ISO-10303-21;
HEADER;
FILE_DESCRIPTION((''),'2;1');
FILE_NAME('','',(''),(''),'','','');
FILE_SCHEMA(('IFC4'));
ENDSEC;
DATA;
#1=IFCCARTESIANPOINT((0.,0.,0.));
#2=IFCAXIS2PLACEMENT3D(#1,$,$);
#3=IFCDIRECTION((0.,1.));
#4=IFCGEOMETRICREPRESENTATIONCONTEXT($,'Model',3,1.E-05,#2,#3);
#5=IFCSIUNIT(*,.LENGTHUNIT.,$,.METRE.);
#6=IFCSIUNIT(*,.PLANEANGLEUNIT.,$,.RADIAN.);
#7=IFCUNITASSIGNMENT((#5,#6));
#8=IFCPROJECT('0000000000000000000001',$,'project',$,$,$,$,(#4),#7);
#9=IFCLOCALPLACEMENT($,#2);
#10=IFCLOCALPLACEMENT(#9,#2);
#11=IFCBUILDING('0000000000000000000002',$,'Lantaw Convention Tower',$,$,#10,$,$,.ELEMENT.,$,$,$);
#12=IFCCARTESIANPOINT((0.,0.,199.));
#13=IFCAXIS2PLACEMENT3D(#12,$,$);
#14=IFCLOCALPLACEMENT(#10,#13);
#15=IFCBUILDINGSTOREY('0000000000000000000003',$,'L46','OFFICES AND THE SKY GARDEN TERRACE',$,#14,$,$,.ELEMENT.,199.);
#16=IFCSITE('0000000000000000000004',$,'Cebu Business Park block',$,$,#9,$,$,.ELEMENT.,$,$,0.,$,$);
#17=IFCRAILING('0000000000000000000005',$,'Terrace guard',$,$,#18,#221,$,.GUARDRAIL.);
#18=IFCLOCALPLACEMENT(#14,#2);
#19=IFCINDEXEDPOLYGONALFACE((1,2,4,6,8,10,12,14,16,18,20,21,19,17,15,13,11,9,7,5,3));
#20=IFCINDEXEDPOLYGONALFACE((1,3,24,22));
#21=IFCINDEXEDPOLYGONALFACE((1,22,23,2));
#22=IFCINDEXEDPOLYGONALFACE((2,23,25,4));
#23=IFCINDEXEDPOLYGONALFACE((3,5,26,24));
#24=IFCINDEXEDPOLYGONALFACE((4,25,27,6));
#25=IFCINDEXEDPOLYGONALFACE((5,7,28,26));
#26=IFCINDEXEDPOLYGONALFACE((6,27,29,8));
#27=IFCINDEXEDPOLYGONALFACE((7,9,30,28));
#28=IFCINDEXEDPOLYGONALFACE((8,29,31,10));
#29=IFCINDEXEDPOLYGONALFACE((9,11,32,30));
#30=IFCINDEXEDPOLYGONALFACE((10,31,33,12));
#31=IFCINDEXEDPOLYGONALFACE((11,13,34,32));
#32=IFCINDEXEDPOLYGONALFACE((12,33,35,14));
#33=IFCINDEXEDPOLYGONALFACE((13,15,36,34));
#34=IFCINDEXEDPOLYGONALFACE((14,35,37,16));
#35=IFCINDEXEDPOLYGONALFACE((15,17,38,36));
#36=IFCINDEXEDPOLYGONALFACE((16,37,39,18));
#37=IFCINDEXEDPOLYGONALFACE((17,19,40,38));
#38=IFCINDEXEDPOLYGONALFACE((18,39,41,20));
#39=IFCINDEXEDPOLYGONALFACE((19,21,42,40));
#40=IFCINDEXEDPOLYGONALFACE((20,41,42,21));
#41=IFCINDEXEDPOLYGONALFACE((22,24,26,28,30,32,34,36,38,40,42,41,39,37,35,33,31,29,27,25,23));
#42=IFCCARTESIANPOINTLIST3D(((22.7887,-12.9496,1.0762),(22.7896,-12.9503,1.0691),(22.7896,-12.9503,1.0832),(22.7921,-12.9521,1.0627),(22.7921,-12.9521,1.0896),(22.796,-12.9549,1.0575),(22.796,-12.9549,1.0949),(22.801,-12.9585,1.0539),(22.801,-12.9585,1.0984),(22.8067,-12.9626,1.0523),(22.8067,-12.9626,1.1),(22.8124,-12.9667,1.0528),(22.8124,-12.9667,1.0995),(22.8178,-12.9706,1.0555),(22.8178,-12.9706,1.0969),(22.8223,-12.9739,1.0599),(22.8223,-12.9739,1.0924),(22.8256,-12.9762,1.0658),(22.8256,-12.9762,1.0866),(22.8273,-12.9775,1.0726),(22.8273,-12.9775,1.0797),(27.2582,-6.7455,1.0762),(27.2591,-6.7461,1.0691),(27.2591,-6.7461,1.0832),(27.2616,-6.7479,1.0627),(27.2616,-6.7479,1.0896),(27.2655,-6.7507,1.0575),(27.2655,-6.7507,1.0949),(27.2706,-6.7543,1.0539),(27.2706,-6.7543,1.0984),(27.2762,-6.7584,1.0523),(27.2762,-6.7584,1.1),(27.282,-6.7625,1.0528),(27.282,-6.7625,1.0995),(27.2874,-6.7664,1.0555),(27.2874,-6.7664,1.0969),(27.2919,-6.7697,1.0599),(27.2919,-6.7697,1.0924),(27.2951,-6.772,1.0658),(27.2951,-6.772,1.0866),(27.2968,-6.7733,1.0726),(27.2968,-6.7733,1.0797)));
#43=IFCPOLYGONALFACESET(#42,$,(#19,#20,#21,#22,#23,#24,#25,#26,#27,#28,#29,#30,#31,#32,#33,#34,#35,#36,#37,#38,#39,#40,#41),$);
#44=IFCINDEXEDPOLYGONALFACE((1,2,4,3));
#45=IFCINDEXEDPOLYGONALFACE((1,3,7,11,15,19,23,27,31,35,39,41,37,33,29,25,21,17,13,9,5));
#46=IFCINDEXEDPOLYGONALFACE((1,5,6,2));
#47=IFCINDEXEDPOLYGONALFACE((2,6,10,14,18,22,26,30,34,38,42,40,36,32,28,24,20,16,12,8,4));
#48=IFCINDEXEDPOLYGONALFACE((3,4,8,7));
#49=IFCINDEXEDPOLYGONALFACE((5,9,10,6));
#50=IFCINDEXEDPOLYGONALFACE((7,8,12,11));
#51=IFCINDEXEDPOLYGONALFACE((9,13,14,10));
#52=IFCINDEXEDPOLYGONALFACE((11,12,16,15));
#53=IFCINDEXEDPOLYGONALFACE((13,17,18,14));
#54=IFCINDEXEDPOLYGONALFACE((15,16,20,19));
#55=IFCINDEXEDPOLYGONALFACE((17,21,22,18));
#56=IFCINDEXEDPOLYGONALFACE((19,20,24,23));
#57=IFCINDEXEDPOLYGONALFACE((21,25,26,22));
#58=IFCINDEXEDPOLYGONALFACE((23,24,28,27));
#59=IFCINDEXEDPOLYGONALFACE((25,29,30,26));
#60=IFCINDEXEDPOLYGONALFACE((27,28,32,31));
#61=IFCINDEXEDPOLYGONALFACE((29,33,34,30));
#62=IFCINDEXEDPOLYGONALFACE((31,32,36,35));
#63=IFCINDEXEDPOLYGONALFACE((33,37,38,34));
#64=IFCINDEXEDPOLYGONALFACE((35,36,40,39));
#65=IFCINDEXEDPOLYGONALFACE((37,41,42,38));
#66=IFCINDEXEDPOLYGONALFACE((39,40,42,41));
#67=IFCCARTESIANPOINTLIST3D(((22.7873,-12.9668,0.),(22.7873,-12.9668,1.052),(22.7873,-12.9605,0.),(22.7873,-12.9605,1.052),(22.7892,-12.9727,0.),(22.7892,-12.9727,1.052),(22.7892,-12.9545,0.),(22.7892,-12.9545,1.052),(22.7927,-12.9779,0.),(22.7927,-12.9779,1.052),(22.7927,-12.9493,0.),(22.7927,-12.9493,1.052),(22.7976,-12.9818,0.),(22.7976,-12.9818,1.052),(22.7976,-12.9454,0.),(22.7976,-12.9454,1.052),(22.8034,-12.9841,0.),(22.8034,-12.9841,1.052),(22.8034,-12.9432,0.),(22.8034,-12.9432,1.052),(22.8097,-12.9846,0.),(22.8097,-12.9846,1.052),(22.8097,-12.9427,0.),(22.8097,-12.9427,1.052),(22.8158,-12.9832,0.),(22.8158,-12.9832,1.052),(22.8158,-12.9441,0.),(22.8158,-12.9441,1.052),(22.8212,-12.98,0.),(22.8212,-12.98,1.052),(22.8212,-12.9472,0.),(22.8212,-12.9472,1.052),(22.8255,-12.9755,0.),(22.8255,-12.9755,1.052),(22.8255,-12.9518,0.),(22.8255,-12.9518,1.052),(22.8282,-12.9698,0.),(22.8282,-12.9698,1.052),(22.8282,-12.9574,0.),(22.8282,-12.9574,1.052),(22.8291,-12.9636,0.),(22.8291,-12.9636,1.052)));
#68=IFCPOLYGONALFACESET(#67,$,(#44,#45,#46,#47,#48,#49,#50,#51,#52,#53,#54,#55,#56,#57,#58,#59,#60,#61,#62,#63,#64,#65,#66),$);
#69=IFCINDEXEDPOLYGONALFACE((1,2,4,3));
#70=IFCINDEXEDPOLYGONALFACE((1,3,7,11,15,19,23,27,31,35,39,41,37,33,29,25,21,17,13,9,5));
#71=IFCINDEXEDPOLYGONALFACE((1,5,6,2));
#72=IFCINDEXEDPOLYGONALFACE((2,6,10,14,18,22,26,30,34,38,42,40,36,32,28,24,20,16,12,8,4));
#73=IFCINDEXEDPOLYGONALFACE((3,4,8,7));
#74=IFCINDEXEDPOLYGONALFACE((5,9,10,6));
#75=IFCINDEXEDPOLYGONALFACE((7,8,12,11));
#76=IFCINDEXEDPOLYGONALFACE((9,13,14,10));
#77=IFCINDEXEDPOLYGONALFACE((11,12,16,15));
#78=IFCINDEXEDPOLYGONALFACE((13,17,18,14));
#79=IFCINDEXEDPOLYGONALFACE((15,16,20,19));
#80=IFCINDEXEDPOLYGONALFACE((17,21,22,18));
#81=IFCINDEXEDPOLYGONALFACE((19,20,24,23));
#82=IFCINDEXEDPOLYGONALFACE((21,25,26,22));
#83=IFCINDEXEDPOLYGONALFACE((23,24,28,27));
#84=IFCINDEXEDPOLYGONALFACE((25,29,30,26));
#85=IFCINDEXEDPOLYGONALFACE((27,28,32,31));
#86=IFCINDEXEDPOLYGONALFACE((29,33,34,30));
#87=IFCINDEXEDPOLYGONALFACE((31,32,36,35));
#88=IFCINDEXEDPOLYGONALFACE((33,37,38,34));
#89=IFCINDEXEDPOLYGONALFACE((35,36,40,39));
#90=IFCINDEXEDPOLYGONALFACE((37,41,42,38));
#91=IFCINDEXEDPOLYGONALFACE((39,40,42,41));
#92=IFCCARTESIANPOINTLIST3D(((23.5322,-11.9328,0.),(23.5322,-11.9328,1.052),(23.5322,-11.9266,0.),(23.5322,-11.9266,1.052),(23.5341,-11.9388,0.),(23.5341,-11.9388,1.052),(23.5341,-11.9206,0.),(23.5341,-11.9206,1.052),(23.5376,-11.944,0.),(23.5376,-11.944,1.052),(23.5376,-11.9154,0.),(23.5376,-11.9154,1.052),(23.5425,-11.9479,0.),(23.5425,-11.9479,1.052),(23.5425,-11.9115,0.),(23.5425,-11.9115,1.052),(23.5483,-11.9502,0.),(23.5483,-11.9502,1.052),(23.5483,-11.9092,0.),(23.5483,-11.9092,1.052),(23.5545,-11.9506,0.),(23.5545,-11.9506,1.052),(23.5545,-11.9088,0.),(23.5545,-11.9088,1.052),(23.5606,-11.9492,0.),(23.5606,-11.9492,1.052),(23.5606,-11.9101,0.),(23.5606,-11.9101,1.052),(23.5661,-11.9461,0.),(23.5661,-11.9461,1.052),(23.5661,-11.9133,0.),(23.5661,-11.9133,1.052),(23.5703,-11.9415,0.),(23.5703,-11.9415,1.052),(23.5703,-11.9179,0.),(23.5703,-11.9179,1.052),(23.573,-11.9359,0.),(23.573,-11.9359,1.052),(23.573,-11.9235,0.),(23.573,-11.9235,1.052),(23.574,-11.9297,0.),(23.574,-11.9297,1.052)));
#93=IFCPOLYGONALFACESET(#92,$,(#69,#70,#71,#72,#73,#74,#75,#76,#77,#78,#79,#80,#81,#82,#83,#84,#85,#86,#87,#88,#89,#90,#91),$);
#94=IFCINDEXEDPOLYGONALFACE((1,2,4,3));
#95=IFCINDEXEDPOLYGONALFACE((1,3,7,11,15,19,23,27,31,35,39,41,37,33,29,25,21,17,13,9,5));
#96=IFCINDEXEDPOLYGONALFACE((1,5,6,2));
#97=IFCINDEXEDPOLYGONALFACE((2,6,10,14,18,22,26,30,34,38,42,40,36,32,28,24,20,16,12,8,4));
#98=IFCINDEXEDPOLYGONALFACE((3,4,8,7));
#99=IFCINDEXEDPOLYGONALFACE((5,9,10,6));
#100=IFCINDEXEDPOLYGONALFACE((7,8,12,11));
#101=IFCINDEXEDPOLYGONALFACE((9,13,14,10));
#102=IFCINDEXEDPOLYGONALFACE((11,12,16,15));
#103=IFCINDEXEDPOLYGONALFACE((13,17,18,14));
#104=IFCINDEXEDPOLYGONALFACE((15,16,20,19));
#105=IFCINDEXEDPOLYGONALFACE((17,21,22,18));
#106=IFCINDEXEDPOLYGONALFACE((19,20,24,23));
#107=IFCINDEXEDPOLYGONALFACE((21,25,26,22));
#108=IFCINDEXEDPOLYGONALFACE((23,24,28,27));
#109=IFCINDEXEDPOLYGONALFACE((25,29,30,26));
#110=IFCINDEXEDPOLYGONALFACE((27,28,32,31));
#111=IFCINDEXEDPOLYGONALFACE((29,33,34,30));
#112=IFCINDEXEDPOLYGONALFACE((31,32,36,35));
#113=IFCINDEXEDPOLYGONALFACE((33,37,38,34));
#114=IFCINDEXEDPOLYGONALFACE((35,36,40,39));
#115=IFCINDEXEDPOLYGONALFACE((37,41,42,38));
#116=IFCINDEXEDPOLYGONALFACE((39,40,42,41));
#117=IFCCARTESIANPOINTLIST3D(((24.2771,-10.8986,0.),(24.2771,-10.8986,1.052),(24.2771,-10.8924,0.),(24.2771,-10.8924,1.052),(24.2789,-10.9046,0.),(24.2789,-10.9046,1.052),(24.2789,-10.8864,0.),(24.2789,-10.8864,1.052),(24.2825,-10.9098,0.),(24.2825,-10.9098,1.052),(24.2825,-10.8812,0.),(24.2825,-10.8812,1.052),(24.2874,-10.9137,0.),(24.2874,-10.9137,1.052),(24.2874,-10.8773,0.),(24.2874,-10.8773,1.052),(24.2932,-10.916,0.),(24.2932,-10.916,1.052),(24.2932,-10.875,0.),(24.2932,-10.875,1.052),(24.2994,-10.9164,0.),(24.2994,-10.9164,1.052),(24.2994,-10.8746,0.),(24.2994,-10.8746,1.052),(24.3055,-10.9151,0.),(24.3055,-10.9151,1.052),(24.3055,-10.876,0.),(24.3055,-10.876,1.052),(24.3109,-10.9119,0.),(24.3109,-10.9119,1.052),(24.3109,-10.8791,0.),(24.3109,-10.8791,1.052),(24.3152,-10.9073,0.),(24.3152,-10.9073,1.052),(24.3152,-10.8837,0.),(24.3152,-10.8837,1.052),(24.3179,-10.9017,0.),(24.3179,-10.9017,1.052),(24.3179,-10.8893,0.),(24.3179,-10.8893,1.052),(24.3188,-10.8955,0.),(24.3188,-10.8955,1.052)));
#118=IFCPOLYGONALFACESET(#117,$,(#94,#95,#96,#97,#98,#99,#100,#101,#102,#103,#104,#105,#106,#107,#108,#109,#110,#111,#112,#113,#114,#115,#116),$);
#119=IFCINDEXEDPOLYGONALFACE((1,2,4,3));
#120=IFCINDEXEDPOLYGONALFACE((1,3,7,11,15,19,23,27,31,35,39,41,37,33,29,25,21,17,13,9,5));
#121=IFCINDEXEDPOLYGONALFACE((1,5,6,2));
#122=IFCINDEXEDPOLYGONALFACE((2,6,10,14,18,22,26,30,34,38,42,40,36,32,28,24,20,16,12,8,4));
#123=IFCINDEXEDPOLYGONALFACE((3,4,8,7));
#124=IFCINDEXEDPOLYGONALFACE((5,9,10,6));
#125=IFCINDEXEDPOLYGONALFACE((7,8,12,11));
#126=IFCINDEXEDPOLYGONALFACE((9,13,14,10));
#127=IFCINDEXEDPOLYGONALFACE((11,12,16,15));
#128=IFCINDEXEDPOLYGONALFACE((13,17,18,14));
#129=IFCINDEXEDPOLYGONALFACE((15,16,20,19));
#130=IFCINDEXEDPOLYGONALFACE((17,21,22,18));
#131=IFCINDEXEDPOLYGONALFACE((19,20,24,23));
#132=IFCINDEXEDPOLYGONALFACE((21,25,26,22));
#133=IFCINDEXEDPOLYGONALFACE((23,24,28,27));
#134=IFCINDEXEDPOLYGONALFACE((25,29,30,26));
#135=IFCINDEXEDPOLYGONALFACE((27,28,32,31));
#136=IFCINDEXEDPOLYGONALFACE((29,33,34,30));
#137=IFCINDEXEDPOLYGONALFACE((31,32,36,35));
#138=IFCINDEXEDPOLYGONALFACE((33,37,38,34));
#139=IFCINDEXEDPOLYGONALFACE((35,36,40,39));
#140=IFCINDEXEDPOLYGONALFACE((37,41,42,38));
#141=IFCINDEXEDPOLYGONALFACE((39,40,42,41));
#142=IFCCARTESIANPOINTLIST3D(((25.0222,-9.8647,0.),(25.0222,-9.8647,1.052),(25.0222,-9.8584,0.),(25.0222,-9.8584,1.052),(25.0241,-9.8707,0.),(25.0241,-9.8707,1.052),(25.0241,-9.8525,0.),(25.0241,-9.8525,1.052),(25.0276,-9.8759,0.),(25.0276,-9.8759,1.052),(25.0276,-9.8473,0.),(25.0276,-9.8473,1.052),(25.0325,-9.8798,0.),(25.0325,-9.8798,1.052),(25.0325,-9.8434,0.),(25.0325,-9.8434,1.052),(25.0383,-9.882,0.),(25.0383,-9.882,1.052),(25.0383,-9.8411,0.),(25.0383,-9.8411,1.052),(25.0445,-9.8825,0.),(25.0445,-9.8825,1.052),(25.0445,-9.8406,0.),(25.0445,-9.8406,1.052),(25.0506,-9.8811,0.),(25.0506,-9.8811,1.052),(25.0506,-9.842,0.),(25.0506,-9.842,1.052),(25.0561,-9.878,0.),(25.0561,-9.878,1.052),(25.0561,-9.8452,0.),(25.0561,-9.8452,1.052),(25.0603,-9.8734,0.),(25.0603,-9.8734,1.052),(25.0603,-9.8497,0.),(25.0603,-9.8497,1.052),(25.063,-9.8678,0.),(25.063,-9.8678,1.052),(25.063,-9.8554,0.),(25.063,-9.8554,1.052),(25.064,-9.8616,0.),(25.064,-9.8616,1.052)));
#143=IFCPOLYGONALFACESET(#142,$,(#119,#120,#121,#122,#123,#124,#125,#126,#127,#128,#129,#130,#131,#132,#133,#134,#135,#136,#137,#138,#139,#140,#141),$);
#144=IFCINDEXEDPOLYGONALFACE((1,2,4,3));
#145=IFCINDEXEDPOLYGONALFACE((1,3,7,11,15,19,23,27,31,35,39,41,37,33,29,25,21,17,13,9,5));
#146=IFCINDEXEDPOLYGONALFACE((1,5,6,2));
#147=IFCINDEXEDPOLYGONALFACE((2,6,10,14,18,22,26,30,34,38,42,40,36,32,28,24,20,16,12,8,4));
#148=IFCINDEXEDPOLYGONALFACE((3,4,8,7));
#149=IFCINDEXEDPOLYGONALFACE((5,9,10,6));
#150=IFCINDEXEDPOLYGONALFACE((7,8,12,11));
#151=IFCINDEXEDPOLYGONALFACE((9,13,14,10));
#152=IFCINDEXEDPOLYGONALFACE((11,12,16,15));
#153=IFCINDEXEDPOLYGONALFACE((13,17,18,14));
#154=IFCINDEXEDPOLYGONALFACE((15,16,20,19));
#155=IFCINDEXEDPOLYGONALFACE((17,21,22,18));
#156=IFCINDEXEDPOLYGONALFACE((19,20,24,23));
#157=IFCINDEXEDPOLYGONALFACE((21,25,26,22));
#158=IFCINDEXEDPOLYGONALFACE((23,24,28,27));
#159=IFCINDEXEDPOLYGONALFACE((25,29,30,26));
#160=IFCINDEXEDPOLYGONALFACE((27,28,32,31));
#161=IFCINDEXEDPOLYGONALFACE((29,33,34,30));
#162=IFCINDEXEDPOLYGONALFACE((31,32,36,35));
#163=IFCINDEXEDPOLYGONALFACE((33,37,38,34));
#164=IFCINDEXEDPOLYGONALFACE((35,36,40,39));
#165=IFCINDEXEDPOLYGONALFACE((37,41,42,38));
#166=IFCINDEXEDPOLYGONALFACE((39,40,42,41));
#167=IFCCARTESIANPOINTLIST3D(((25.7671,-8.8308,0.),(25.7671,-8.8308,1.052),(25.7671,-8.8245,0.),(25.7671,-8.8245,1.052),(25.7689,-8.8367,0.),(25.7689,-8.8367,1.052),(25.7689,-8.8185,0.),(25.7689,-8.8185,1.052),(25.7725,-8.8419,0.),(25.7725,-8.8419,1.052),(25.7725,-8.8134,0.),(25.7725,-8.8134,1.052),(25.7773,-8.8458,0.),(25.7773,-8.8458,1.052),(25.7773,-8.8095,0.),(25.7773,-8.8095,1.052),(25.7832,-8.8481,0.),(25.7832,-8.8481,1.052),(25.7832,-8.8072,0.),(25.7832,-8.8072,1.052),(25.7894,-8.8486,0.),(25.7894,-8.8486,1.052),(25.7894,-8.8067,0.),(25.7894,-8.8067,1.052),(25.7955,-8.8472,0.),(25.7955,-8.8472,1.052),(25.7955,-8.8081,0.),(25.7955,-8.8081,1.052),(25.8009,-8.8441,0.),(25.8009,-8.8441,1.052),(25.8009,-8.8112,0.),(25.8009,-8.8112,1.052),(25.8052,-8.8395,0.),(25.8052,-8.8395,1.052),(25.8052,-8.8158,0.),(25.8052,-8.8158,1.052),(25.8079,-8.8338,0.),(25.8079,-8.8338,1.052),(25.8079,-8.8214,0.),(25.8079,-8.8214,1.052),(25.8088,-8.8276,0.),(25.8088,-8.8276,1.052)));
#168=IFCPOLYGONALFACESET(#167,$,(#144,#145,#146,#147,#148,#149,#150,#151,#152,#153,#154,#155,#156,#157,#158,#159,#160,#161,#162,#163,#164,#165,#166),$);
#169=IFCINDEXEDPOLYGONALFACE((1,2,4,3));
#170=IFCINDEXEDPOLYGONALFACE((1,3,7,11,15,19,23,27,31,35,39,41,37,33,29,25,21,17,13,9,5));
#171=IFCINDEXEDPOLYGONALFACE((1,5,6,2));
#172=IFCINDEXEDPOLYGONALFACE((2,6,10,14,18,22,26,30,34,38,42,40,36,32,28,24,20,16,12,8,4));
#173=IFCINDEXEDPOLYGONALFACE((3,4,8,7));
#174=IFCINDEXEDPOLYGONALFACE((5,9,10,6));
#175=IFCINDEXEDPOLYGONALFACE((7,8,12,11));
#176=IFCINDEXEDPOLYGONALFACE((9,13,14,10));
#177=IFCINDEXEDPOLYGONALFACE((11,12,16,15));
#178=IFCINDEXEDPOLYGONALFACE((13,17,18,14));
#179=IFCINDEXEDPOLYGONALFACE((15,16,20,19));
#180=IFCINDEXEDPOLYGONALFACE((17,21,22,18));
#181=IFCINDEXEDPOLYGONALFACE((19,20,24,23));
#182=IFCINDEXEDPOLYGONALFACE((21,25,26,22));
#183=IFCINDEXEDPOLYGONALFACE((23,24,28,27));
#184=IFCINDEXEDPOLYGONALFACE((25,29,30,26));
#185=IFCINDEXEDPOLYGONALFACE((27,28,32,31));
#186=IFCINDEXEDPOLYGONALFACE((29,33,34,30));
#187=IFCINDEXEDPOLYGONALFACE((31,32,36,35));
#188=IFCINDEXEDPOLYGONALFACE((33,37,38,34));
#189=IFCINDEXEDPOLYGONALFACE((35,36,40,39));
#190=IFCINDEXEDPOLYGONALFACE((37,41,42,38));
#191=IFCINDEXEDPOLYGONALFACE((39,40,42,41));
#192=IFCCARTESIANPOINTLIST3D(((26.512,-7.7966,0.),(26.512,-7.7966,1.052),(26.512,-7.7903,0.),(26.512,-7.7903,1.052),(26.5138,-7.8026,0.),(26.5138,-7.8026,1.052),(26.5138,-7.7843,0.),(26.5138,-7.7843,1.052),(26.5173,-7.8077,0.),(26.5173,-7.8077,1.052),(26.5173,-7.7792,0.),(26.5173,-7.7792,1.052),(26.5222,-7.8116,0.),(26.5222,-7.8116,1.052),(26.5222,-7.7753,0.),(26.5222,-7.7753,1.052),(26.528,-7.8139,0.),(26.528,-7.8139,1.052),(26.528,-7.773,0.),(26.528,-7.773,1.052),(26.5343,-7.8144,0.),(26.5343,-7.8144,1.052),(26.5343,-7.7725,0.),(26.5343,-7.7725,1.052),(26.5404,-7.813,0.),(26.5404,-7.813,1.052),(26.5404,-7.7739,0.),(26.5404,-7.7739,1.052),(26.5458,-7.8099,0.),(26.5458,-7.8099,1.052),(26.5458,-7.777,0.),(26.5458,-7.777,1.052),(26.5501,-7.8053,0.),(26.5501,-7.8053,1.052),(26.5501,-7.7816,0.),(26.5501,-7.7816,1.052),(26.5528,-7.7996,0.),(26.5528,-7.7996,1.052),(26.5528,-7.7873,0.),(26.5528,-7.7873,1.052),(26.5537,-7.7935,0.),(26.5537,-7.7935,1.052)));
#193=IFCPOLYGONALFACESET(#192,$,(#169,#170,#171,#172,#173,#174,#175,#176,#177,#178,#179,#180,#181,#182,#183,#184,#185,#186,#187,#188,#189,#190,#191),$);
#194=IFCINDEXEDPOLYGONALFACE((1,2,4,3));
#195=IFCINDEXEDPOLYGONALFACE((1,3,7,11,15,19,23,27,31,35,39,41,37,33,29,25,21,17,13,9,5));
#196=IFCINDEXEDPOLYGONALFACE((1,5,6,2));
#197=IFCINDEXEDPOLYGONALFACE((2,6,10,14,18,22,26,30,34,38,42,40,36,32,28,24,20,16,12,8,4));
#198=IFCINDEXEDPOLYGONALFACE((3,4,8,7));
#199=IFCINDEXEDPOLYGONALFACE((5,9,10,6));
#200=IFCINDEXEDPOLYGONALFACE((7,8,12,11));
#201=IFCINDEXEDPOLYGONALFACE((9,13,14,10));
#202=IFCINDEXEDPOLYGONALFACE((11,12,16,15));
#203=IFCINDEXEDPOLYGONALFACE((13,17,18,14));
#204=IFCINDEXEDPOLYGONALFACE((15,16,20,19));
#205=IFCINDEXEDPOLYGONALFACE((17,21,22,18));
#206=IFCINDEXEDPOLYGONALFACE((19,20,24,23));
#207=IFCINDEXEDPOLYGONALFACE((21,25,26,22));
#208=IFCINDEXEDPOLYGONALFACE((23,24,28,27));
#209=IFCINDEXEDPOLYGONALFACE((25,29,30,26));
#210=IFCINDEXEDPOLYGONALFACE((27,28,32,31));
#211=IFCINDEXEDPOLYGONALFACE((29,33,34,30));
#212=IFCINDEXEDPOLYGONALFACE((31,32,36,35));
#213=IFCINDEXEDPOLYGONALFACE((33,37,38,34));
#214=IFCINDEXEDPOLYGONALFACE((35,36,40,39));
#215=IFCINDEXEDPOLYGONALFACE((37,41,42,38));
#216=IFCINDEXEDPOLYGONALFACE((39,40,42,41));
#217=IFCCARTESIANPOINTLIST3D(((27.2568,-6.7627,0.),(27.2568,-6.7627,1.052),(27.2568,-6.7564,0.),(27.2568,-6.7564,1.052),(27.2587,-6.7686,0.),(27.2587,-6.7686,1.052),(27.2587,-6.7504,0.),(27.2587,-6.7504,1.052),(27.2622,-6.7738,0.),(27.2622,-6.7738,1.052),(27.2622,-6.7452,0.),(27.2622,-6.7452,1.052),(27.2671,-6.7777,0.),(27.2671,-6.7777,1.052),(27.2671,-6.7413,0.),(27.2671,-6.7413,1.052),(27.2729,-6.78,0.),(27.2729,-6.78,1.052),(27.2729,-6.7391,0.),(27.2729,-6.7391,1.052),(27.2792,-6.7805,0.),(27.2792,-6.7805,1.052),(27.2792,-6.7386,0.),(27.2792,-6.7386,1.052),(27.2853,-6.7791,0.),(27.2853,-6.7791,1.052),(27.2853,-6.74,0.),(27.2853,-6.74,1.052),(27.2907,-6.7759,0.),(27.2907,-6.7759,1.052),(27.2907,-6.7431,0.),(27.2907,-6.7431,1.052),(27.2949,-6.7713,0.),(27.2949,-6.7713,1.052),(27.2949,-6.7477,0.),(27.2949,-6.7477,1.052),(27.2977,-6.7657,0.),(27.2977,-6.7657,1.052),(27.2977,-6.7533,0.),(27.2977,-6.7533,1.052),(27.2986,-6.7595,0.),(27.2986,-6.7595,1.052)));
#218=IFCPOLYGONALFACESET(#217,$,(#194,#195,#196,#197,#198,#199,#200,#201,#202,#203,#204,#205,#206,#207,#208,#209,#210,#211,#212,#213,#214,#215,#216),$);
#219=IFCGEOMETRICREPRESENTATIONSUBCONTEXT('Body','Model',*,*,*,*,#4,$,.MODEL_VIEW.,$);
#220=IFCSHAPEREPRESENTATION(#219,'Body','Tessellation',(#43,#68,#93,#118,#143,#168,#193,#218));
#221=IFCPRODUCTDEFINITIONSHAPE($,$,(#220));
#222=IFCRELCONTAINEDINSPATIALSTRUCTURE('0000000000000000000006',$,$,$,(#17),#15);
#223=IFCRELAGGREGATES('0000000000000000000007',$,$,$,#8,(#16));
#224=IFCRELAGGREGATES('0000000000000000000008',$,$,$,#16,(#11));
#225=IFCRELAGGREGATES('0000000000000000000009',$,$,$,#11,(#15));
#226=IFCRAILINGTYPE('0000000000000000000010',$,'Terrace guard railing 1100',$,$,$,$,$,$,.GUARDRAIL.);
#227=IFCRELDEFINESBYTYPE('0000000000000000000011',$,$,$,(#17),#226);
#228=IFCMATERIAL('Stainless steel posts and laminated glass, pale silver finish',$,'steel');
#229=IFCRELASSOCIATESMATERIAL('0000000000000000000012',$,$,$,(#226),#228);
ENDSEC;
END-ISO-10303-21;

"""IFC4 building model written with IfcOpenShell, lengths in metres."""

from ifc_helpers import new_model, si_unit, direction, frame, origin, origin_2d, place, context, subcontext, project, spatial, circle, extrude, material, type_object, element, save


model = new_model("IFC4")

# Units and contexts
model_context = context("Model", 3, precision=1e-05, world=origin(), true_north=direction((0.0, 1.0)))
body_context = subcontext(model_context, "Body", "Model", "MODEL_VIEW")
ifc_project = project(units=[si_unit("LENGTHUNIT", "METRE"), si_unit("PLANEANGLEUNIT", "RADIAN")], contexts=[model_context])

# Site, building, storey
site_placement = place(None, origin())
site = spatial("IfcSite", under=ifc_project, at=site_placement, Name="Cebu Business Park block", CompositionType="ELEMENT", RefElevation=0.0)
building_placement = place(site_placement, origin())
building = spatial("IfcBuilding", under=site, at=building_placement, Name="Lantaw Convention Tower", CompositionType="ELEMENT")
storey_placement = place(building_placement, frame((0.0, 0.0, 199.0)))
storey = spatial("IfcBuildingStorey", under=building, at=storey_placement, Name="L46", Description="OFFICES AND THE SKY GARDEN TERRACE", CompositionType="ELEMENT", Elevation=199.0)

# Railing
ifc_material_1 = material(Name="Stainless steel posts and laminated glass, pale silver finish", Category="steel")
railing_type = type_object("IfcRailingType", Name="Terrace guard railing 1100", PredefinedType="GUARDRAIL", material=ifc_material_1)
railing_1_placement = place(storey_placement, frame((22.8081, -12.9636, 0.0)))
element("IfcRailing", 1, at=railing_1_placement, inside=storey, type_object=railing_type, Name="Terrace guard", PredefinedType="GUARDRAIL", context=body_context, shape_type="SweptSolid", body=[
    extrude(circle(Radius=0.0239, at=origin_2d()), frame((0.0, 0.0, 1.0762), z_axis=(0.584523, 0.811377, 0.0), x_axis=(-0.811377, 0.584523, 0.0)), (0.0, 0.0, 1.0), 7.6465),
    extrude(circle(Radius=0.021, at=origin_2d()), origin(), (0.0, 0.0, 1.0), 1.052),
    extrude(circle(Radius=0.021, at=origin_2d()), frame((0.7449, 1.0339, 0.0)), (0.0, 0.0, 1.0), 1.052),
    extrude(circle(Radius=0.021, at=origin_2d()), frame((1.4897, 2.0681, 0.0)), (0.0, 0.0, 1.0), 1.052),
    extrude(circle(Radius=0.021, at=origin_2d()), frame((2.2349, 3.1021, 0.0)), (0.0, 0.0, 1.0), 1.052),
    extrude(circle(Radius=0.021, at=origin_2d()), frame((2.9797, 4.136, 0.0)), (0.0, 0.0, 1.0), 1.052),
    extrude(circle(Radius=0.021, at=origin_2d()), frame((3.7246, 5.1702, 0.0)), (0.0, 0.0, 1.0), 1.052),
    extrude(circle(Radius=0.021, at=origin_2d()), frame((4.4695, 6.2041, 0.0)), (0.0, 0.0, 1.0), 1.052),
])

save(model, "model.ifc")
